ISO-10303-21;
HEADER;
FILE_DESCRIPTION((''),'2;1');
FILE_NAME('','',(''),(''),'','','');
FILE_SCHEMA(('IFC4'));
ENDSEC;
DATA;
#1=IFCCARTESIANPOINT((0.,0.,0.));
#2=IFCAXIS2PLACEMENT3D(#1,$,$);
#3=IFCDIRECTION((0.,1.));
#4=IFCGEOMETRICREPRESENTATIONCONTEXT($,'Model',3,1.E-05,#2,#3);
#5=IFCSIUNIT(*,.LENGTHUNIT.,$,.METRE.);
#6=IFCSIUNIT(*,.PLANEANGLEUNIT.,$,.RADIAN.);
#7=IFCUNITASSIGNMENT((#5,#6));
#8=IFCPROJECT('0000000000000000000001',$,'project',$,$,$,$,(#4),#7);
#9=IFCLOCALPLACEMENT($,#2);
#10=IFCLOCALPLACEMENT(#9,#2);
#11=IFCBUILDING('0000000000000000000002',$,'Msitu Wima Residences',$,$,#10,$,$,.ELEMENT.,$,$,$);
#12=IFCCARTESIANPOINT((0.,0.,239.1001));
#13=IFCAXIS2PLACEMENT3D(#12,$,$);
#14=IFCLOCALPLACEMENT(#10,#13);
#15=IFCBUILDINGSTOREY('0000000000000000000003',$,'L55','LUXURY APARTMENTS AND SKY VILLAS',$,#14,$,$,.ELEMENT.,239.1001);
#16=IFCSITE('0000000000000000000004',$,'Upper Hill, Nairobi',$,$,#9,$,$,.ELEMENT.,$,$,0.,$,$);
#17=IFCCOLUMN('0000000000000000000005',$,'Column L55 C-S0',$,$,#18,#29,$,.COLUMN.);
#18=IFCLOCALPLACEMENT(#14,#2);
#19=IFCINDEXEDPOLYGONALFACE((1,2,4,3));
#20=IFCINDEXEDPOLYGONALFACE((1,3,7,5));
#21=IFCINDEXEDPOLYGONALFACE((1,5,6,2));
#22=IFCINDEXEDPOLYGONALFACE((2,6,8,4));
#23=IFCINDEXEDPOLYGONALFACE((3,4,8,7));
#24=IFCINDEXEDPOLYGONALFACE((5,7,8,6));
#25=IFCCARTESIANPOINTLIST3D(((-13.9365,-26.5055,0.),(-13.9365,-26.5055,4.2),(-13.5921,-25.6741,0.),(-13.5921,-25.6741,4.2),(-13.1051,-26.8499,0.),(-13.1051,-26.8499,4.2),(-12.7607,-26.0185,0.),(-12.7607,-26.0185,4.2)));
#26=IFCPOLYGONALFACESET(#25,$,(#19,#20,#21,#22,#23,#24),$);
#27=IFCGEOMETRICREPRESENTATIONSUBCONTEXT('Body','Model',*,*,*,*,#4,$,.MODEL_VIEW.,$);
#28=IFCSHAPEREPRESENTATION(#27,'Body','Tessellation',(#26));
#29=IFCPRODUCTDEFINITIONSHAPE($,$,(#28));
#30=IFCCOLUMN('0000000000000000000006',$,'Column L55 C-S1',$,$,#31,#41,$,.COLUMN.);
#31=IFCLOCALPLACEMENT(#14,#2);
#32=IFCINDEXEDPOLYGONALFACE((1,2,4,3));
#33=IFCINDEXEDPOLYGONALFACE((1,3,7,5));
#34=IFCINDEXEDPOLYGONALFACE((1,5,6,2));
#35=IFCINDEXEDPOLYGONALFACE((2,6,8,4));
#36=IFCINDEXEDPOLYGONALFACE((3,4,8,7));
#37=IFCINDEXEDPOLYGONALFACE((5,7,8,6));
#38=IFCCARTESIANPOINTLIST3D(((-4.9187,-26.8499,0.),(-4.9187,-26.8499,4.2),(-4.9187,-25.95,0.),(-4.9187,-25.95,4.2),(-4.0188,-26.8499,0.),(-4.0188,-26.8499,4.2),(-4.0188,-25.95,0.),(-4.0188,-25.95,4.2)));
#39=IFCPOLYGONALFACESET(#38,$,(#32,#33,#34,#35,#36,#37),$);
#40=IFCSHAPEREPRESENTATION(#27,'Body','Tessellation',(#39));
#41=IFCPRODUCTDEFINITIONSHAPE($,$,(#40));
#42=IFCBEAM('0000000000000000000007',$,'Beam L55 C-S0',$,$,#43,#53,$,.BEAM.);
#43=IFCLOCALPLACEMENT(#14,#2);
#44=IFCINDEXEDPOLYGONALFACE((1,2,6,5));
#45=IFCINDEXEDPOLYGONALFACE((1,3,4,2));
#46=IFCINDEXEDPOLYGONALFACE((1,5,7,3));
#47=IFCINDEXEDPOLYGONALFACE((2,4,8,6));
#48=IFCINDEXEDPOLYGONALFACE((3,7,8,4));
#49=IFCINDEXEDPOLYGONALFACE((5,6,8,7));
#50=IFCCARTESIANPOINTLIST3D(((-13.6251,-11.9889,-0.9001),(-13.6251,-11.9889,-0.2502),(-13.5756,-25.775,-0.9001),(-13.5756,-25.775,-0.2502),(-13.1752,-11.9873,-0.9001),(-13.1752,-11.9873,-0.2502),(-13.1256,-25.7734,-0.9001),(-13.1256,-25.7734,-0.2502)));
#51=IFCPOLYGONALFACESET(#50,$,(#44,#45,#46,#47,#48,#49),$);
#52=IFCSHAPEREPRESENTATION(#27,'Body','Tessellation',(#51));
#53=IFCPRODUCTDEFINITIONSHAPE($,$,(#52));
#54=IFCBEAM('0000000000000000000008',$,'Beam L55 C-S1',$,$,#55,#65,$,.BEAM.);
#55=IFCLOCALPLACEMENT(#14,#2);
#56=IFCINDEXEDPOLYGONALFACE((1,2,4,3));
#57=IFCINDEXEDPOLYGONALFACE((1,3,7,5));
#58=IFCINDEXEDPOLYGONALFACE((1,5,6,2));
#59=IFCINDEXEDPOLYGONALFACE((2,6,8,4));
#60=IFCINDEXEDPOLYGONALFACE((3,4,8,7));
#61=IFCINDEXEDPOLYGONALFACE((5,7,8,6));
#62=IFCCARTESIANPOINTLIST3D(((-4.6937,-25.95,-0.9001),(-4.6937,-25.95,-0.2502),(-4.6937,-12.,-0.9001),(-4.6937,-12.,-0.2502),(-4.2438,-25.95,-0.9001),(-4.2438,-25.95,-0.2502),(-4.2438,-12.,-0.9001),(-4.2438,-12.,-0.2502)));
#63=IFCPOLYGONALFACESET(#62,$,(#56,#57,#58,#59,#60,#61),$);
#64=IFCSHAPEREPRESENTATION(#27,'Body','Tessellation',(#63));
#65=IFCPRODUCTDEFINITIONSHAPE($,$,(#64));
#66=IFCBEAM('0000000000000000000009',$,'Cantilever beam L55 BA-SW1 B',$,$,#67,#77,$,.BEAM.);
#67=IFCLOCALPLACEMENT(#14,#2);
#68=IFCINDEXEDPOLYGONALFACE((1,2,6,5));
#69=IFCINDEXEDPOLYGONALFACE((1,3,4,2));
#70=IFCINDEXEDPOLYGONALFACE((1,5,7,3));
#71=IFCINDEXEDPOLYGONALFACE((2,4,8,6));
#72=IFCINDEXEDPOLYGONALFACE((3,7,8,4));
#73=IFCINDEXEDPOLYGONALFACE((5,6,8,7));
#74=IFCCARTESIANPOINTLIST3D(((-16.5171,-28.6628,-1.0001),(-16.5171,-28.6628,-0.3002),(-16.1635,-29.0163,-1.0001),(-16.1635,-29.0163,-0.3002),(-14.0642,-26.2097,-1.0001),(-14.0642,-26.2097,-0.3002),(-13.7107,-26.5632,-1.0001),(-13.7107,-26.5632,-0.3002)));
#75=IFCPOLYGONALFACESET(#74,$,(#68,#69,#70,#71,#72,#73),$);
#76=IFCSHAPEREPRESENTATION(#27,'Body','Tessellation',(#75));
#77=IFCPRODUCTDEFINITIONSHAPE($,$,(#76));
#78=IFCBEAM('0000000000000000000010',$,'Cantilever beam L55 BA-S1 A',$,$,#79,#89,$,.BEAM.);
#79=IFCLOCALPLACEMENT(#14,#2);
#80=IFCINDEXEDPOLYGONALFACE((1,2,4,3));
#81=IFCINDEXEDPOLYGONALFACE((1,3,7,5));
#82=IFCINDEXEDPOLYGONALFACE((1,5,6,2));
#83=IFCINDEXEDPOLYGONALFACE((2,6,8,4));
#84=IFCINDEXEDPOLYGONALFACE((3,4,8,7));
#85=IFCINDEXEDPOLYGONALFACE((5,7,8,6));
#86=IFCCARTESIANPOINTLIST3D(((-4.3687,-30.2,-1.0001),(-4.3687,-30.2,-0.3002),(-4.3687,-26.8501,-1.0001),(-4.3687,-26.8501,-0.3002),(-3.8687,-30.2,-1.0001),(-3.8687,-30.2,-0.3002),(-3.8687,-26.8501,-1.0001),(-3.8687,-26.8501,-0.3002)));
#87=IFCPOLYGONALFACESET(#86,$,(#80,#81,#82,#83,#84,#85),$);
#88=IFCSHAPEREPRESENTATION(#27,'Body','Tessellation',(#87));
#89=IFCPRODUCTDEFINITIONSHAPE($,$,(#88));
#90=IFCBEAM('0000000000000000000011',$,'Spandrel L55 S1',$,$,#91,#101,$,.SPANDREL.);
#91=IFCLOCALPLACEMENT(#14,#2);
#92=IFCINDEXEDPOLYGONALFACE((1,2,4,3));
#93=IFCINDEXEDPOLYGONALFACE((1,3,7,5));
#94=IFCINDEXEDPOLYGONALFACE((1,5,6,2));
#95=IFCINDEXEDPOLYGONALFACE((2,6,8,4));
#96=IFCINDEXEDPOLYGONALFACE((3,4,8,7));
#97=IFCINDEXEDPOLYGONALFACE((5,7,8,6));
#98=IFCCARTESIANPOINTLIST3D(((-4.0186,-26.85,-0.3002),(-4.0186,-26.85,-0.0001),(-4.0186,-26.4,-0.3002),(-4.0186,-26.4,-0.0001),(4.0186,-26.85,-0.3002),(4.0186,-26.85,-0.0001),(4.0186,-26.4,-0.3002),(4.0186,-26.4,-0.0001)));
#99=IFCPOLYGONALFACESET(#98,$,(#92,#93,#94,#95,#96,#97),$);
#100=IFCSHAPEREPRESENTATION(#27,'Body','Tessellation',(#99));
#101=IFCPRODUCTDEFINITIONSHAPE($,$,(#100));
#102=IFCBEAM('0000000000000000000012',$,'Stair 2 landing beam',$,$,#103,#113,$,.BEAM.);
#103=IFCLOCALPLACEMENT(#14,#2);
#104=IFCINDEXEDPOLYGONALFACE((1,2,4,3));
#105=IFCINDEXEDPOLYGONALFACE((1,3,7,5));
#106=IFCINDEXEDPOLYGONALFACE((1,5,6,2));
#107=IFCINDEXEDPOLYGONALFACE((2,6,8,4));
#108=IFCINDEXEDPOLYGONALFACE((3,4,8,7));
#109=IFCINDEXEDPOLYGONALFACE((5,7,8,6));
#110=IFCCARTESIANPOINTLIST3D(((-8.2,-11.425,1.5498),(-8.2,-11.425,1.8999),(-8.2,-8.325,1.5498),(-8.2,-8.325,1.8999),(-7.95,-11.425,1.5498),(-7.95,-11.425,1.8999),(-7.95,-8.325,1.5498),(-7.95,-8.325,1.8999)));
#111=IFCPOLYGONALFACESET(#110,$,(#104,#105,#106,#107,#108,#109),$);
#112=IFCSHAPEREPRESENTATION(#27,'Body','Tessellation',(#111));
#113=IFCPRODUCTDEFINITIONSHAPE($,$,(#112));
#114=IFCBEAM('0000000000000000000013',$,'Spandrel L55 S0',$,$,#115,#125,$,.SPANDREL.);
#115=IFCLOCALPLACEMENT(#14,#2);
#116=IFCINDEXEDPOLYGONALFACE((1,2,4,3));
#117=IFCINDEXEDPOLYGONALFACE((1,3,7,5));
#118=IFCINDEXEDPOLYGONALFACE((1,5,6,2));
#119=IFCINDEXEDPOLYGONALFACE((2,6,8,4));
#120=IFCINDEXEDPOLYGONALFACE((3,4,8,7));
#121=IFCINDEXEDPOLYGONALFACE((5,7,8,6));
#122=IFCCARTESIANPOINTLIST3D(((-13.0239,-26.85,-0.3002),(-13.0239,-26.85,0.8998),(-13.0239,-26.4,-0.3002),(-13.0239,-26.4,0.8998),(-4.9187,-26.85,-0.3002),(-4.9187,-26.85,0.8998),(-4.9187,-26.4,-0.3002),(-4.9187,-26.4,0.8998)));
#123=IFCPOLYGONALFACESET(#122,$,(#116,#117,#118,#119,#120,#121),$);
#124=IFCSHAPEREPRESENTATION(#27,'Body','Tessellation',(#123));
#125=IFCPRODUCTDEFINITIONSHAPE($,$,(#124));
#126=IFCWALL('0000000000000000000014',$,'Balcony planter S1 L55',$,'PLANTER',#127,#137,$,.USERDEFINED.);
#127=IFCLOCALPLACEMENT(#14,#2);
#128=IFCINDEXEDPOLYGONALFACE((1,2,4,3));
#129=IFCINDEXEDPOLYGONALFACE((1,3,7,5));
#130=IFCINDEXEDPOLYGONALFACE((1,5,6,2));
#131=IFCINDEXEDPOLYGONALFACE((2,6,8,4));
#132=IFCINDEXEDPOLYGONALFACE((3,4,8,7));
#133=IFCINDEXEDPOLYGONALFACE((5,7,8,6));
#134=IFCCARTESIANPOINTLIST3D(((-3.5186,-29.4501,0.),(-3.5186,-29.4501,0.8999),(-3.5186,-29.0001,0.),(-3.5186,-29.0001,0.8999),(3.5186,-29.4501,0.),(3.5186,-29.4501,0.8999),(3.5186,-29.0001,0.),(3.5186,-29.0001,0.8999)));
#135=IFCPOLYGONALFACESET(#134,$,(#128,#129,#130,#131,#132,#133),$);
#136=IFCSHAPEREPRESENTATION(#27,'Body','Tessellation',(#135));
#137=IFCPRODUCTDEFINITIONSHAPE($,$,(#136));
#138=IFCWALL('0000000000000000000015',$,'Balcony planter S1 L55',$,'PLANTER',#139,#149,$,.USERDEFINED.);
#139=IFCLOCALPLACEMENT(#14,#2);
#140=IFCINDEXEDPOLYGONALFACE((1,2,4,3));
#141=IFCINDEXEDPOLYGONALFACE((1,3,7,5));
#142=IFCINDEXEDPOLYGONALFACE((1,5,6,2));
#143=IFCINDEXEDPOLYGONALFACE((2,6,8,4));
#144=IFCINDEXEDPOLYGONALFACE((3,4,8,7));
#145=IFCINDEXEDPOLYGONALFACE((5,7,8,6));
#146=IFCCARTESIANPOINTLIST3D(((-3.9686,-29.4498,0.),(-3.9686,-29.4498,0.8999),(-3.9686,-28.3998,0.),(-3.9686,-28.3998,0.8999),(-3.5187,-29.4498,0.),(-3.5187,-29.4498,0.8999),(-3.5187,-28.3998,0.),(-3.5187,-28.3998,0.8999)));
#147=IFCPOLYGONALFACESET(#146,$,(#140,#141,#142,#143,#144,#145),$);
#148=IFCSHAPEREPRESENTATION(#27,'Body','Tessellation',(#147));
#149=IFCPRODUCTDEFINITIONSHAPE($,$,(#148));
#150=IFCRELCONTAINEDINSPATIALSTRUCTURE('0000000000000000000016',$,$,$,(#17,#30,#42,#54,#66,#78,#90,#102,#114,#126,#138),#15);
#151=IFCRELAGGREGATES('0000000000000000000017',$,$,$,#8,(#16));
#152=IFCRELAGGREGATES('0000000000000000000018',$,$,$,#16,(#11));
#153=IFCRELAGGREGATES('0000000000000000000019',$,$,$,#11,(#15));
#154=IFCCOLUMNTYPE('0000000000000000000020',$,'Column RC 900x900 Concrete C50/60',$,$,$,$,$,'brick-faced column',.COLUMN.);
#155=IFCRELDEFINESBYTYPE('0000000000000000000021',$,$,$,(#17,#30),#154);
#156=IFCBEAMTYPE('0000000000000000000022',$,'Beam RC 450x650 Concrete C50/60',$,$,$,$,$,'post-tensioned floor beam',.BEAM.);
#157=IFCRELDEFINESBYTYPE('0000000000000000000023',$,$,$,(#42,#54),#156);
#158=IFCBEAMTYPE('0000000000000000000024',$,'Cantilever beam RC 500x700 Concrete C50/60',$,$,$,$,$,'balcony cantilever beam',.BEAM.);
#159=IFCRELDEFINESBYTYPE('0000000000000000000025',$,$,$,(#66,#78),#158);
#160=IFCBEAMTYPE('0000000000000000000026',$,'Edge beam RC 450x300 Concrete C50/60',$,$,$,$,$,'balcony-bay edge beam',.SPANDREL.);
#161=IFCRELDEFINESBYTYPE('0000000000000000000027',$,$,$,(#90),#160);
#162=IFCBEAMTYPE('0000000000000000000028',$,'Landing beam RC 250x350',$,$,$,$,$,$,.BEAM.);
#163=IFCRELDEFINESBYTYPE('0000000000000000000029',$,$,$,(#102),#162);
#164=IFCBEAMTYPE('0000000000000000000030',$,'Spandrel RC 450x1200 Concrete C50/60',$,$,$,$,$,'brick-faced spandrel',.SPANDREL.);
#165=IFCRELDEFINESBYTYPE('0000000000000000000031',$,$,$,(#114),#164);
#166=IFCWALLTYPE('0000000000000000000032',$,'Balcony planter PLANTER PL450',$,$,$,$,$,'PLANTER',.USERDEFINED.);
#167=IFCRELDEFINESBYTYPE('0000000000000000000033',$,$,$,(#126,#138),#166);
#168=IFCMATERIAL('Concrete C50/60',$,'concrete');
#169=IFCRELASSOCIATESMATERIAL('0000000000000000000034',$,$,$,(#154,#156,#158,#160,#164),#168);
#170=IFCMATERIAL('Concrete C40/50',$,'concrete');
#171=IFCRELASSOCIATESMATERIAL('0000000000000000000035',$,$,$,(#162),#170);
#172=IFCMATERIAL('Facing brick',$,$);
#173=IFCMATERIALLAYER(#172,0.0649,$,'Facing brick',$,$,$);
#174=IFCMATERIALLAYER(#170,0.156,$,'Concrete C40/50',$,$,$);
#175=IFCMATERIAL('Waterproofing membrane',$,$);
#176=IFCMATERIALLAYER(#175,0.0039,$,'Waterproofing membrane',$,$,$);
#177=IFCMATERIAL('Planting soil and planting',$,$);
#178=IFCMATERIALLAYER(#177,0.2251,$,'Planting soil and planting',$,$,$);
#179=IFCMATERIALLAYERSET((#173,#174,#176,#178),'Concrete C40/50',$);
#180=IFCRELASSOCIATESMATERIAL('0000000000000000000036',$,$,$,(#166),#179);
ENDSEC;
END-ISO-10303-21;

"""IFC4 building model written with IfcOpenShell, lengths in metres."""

from ifc_helpers import new_model, si_unit, direction, frame, frame_2d, origin, origin_2d, place, context, subcontext, project, spatial, rectangle, extrude, material, layer, layer_set, material_profile, profile_set, type_object, element, save


model = new_model("IFC4")

# Units and contexts
model_context = context("Model", 3, precision=1e-05, world=origin(), true_north=direction((0.0, 1.0)))
body_context = subcontext(model_context, "Body", "Model", "MODEL_VIEW")
ifc_project = project(units=[si_unit("LENGTHUNIT", "METRE"), si_unit("PLANEANGLEUNIT", "RADIAN")], contexts=[model_context])

# Site, building, storey
site_placement = place(None, origin())
site = spatial("IfcSite", under=ifc_project, at=site_placement, Name="Upper Hill, Nairobi", CompositionType="ELEMENT", RefElevation=0.0)
building_placement = place(site_placement, origin())
building = spatial("IfcBuilding", under=site, at=building_placement, Name="Msitu Wima Residences", CompositionType="ELEMENT")
storey_placement = place(building_placement, frame((0.0, 0.0, 239.1001)))
storey = spatial("IfcBuildingStorey", under=building, at=storey_placement, Name="L55", Description="LUXURY APARTMENTS AND SKY VILLAS", CompositionType="ELEMENT", Elevation=239.1001)

# Columns
ifc_material_1 = material(Name="Concrete C50/60", Category="concrete")
ifc_material_profile_1 = material_profile(ifc_material_1, rectangle(XDim=0.8999, YDim=0.8999, at=origin_2d()), Name="RC 900x900")
ifc_profile_set_1 = profile_set([ifc_material_profile_1], Name="Concrete C50/60")
column_type = type_object("IfcColumnType", Name="Column RC 900x900 Concrete C50/60", ElementType="brick-faced column", PredefinedType="COLUMN", material=ifc_profile_set_1)
for number, where, z_axis, x_axis, name in (
    (1, (-13.3486, -26.262, 0.0), (0.0, 0.0, 1.0), (0.92388, -0.382683, 0.0), "Column L55 C-S0"),
    (2, (-4.4688, -26.3999, 0.0), (0.0, 0.0, 1.0), (1.0, 0.0, 0.0), "Column L55 C-S1"),
):
    element("IfcColumn", number, at=place(storey_placement, frame(where, z_axis=z_axis, x_axis=x_axis)), inside=storey, type_object=column_type, Name=name, PredefinedType="COLUMN", context=body_context, shape_type="SweptSolid", body=[
        extrude(rectangle(XDim=0.8999, YDim=0.8999, at=origin_2d()), origin(), (0.0, 0.0, 1.0), 4.2),
    ])

# Beams
ifc_material_profile_2 = material_profile(ifc_material_1, rectangle(XDim=0.45, YDim=0.6499, at=origin_2d()), Name="RC 450x650")
ifc_profile_set_2 = profile_set([ifc_material_profile_2], Name="Concrete C50/60")
beam_type_1 = type_object("IfcBeamType", Name="Beam RC 450x650 Concrete C50/60", ElementType="post-tensioned floor beam", PredefinedType="BEAM", material=ifc_profile_set_2)
beam_1_placement = place(storey_placement, frame((-13.3506, -25.7742, -0.5752), z_axis=(-0.003595, 0.999994, 0.0), x_axis=(-0.999994, -0.003595, 0.0)))
element("IfcBeam", 3, at=beam_1_placement, inside=storey, type_object=beam_type_1, Name="Beam L55 C-S0", PredefinedType="BEAM", context=body_context, shape_type="SweptSolid", body=[
    extrude(rectangle(XDim=0.45, YDim=0.6499, at=origin_2d()), origin(), (0.0, 0.0, 1.0), 13.7861),
])
beam_2_placement = place(storey_placement, frame((-4.4688, -25.95, -0.5752), z_axis=(0.0, 1.0, 0.0), x_axis=(-1.0, 0.0, 0.0)))
element("IfcBeam", 4, at=beam_2_placement, inside=storey, type_object=beam_type_1, Name="Beam L55 C-S1", PredefinedType="BEAM", context=body_context, shape_type="SweptSolid", body=[
    extrude(rectangle(XDim=0.45, YDim=0.6499, at=origin_2d()), origin(), (0.0, 0.0, 1.0), 13.95),
])
ifc_material_profile_3 = material_profile(ifc_material_1, rectangle(XDim=0.5, YDim=0.7, at=origin_2d()), Name="RC 500x700")
ifc_profile_set_3 = profile_set([ifc_material_profile_3], Name="Concrete C50/60")
beam_type_2 = type_object("IfcBeamType", Name="Cantilever beam RC 500x700 Concrete C50/60", ElementType="balcony cantilever beam", PredefinedType="BEAM", material=ifc_profile_set_3)
beam_3_placement = place(storey_placement, frame((-13.8875, -26.3865, -0.6501), z_axis=(-0.707072, -0.707142, 0.0), x_axis=(0.707142, -0.707072, 0.0)))
element("IfcBeam", 5, at=beam_3_placement, inside=storey, type_object=beam_type_2, Name="Cantilever beam L55 BA-SW1 B", PredefinedType="BEAM", context=body_context, shape_type="SweptSolid", body=[
    extrude(rectangle(XDim=0.5, YDim=0.7, at=origin_2d()), origin(), (0.0, 0.0, 1.0), 3.469),
])
beam_4_placement = place(storey_placement, frame((-4.1187, -26.8501, -0.6501), z_axis=(0.0, -1.0, 0.0), x_axis=(1.0, 0.0, 0.0)))
element("IfcBeam", 6, at=beam_4_placement, inside=storey, type_object=beam_type_2, Name="Cantilever beam L55 BA-S1 A", PredefinedType="BEAM", context=body_context, shape_type="SweptSolid", body=[
    extrude(rectangle(XDim=0.5, YDim=0.7, at=origin_2d()), origin(), (0.0, 0.0, 1.0), 3.3499),
])
ifc_material_profile_4 = material_profile(ifc_material_1, rectangle(XDim=0.45, YDim=0.3, at=origin_2d()), Name="RC 450x300")
ifc_profile_set_4 = profile_set([ifc_material_profile_4], Name="Concrete C50/60")
beam_type_3 = type_object("IfcBeamType", Name="Edge beam RC 450x300 Concrete C50/60", ElementType="balcony-bay edge beam", PredefinedType="SPANDREL", material=ifc_profile_set_4)
beam_5_placement = place(storey_placement, frame((-4.0186, -26.625, -0.1501), z_axis=(1.0, 0.0, 0.0), x_axis=(0.0, 1.0, 0.0)))
element("IfcBeam", 7, at=beam_5_placement, inside=storey, type_object=beam_type_3, Name="Spandrel L55 S1", PredefinedType="SPANDREL", context=body_context, shape_type="SweptSolid", body=[
    extrude(rectangle(XDim=0.45, YDim=0.3, at=origin_2d()), origin(), (0.0, 0.0, 1.0), 8.0371),
])
ifc_material_2 = material(Name="Concrete C40/50", Category="concrete")
ifc_material_profile_5 = material_profile(ifc_material_2, rectangle(XDim=0.25, YDim=0.3501, at=origin_2d()), Name="RC 250x350")
ifc_profile_set_5 = profile_set([ifc_material_profile_5], Name="Concrete C40/50")
beam_type_4 = type_object("IfcBeamType", Name="Landing beam RC 250x350", PredefinedType="BEAM", material=ifc_profile_set_5)
beam_6_placement = place(storey_placement, frame((-8.075, -11.425, 1.7249), z_axis=(0.0, 1.0, 0.0), x_axis=(-1.0, 0.0, 0.0)))
element("IfcBeam", 8, at=beam_6_placement, inside=storey, type_object=beam_type_4, Name="Stair 2 landing beam", PredefinedType="BEAM", context=body_context, shape_type="SweptSolid", body=[
    extrude(rectangle(XDim=0.25, YDim=0.3501, at=origin_2d()), origin(), (0.0, 0.0, 1.0), 3.1001),
])
ifc_material_profile_6 = material_profile(ifc_material_1, rectangle(XDim=0.45, YDim=1.2, at=origin_2d()), Name="RC 450x1200")
ifc_profile_set_6 = profile_set([ifc_material_profile_6], Name="Concrete C50/60")
beam_type_5 = type_object("IfcBeamType", Name="Spandrel RC 450x1200 Concrete C50/60", ElementType="brick-faced spandrel", PredefinedType="SPANDREL", material=ifc_profile_set_6)
beam_7_placement = place(storey_placement, frame((-13.0239, -26.625, 0.2998), z_axis=(1.0, 0.0, 0.0), x_axis=(0.0, 1.0, 0.0)))
element("IfcBeam", 9, at=beam_7_placement, inside=storey, type_object=beam_type_5, Name="Spandrel L55 S0", PredefinedType="SPANDREL", context=body_context, shape_type="SweptSolid", body=[
    extrude(rectangle(XDim=0.45, YDim=1.2, at=origin_2d()), origin(), (0.0, 0.0, 1.0), 8.1052),
])

# Walls
ifc_material_3 = material(Name="Facing brick")
ifc_layer_1 = layer(ifc_material_3, 0.0649, Name="Facing brick")
ifc_layer_2 = layer(ifc_material_2, 0.156, Name="Concrete C40/50")
ifc_material_4 = material(Name="Waterproofing membrane")
ifc_layer_3 = layer(ifc_material_4, 0.0039, Name="Waterproofing membrane")
ifc_material_5 = material(Name="Planting soil and planting")
ifc_layer_4 = layer(ifc_material_5, 0.2251, Name="Planting soil and planting")
ifc_layer_set_1 = layer_set([ifc_layer_1, ifc_layer_2, ifc_layer_3, ifc_layer_4], Name="Concrete C40/50")
wall_type_1 = type_object("IfcWallType", Name="Balcony planter PLANTER PL450", ElementType="PLANTER", PredefinedType="USERDEFINED", material=ifc_layer_set_1)
wall_1_placement = place(storey_placement, frame((-3.5186, -29.2251, 0.0), z_axis=(0.0, 0.0, 1.0), x_axis=(1.0, 0.0, 0.0)))
element("IfcWall", 10, at=wall_1_placement, inside=storey, type_object=wall_type_1, Name="Balcony planter S1 L55", ObjectType="PLANTER", PredefinedType="USERDEFINED", context=body_context, shape_type="SweptSolid", body=[
    extrude(rectangle(XDim=7.0371, YDim=0.45, at=frame_2d((3.5186, 0.0))), origin(), (0.0, 0.0, 1.0), 0.8999),
])
wall_2_placement = place(storey_placement, frame((-3.7437, -28.3999, 0.0), z_axis=(0.0, 0.0, 1.0), x_axis=(0.0, -1.0, 0.0)))
element("IfcWall", 11, at=wall_2_placement, inside=storey, type_object=wall_type_1, Name="Balcony planter S1 L55", ObjectType="PLANTER", PredefinedType="USERDEFINED", context=body_context, shape_type="SweptSolid", body=[
    extrude(rectangle(XDim=1.05, YDim=0.45, at=frame_2d((0.5249, 0.0))), origin(), (0.0, 0.0, 1.0), 0.8999),
])

save(model, "model.ifc")
